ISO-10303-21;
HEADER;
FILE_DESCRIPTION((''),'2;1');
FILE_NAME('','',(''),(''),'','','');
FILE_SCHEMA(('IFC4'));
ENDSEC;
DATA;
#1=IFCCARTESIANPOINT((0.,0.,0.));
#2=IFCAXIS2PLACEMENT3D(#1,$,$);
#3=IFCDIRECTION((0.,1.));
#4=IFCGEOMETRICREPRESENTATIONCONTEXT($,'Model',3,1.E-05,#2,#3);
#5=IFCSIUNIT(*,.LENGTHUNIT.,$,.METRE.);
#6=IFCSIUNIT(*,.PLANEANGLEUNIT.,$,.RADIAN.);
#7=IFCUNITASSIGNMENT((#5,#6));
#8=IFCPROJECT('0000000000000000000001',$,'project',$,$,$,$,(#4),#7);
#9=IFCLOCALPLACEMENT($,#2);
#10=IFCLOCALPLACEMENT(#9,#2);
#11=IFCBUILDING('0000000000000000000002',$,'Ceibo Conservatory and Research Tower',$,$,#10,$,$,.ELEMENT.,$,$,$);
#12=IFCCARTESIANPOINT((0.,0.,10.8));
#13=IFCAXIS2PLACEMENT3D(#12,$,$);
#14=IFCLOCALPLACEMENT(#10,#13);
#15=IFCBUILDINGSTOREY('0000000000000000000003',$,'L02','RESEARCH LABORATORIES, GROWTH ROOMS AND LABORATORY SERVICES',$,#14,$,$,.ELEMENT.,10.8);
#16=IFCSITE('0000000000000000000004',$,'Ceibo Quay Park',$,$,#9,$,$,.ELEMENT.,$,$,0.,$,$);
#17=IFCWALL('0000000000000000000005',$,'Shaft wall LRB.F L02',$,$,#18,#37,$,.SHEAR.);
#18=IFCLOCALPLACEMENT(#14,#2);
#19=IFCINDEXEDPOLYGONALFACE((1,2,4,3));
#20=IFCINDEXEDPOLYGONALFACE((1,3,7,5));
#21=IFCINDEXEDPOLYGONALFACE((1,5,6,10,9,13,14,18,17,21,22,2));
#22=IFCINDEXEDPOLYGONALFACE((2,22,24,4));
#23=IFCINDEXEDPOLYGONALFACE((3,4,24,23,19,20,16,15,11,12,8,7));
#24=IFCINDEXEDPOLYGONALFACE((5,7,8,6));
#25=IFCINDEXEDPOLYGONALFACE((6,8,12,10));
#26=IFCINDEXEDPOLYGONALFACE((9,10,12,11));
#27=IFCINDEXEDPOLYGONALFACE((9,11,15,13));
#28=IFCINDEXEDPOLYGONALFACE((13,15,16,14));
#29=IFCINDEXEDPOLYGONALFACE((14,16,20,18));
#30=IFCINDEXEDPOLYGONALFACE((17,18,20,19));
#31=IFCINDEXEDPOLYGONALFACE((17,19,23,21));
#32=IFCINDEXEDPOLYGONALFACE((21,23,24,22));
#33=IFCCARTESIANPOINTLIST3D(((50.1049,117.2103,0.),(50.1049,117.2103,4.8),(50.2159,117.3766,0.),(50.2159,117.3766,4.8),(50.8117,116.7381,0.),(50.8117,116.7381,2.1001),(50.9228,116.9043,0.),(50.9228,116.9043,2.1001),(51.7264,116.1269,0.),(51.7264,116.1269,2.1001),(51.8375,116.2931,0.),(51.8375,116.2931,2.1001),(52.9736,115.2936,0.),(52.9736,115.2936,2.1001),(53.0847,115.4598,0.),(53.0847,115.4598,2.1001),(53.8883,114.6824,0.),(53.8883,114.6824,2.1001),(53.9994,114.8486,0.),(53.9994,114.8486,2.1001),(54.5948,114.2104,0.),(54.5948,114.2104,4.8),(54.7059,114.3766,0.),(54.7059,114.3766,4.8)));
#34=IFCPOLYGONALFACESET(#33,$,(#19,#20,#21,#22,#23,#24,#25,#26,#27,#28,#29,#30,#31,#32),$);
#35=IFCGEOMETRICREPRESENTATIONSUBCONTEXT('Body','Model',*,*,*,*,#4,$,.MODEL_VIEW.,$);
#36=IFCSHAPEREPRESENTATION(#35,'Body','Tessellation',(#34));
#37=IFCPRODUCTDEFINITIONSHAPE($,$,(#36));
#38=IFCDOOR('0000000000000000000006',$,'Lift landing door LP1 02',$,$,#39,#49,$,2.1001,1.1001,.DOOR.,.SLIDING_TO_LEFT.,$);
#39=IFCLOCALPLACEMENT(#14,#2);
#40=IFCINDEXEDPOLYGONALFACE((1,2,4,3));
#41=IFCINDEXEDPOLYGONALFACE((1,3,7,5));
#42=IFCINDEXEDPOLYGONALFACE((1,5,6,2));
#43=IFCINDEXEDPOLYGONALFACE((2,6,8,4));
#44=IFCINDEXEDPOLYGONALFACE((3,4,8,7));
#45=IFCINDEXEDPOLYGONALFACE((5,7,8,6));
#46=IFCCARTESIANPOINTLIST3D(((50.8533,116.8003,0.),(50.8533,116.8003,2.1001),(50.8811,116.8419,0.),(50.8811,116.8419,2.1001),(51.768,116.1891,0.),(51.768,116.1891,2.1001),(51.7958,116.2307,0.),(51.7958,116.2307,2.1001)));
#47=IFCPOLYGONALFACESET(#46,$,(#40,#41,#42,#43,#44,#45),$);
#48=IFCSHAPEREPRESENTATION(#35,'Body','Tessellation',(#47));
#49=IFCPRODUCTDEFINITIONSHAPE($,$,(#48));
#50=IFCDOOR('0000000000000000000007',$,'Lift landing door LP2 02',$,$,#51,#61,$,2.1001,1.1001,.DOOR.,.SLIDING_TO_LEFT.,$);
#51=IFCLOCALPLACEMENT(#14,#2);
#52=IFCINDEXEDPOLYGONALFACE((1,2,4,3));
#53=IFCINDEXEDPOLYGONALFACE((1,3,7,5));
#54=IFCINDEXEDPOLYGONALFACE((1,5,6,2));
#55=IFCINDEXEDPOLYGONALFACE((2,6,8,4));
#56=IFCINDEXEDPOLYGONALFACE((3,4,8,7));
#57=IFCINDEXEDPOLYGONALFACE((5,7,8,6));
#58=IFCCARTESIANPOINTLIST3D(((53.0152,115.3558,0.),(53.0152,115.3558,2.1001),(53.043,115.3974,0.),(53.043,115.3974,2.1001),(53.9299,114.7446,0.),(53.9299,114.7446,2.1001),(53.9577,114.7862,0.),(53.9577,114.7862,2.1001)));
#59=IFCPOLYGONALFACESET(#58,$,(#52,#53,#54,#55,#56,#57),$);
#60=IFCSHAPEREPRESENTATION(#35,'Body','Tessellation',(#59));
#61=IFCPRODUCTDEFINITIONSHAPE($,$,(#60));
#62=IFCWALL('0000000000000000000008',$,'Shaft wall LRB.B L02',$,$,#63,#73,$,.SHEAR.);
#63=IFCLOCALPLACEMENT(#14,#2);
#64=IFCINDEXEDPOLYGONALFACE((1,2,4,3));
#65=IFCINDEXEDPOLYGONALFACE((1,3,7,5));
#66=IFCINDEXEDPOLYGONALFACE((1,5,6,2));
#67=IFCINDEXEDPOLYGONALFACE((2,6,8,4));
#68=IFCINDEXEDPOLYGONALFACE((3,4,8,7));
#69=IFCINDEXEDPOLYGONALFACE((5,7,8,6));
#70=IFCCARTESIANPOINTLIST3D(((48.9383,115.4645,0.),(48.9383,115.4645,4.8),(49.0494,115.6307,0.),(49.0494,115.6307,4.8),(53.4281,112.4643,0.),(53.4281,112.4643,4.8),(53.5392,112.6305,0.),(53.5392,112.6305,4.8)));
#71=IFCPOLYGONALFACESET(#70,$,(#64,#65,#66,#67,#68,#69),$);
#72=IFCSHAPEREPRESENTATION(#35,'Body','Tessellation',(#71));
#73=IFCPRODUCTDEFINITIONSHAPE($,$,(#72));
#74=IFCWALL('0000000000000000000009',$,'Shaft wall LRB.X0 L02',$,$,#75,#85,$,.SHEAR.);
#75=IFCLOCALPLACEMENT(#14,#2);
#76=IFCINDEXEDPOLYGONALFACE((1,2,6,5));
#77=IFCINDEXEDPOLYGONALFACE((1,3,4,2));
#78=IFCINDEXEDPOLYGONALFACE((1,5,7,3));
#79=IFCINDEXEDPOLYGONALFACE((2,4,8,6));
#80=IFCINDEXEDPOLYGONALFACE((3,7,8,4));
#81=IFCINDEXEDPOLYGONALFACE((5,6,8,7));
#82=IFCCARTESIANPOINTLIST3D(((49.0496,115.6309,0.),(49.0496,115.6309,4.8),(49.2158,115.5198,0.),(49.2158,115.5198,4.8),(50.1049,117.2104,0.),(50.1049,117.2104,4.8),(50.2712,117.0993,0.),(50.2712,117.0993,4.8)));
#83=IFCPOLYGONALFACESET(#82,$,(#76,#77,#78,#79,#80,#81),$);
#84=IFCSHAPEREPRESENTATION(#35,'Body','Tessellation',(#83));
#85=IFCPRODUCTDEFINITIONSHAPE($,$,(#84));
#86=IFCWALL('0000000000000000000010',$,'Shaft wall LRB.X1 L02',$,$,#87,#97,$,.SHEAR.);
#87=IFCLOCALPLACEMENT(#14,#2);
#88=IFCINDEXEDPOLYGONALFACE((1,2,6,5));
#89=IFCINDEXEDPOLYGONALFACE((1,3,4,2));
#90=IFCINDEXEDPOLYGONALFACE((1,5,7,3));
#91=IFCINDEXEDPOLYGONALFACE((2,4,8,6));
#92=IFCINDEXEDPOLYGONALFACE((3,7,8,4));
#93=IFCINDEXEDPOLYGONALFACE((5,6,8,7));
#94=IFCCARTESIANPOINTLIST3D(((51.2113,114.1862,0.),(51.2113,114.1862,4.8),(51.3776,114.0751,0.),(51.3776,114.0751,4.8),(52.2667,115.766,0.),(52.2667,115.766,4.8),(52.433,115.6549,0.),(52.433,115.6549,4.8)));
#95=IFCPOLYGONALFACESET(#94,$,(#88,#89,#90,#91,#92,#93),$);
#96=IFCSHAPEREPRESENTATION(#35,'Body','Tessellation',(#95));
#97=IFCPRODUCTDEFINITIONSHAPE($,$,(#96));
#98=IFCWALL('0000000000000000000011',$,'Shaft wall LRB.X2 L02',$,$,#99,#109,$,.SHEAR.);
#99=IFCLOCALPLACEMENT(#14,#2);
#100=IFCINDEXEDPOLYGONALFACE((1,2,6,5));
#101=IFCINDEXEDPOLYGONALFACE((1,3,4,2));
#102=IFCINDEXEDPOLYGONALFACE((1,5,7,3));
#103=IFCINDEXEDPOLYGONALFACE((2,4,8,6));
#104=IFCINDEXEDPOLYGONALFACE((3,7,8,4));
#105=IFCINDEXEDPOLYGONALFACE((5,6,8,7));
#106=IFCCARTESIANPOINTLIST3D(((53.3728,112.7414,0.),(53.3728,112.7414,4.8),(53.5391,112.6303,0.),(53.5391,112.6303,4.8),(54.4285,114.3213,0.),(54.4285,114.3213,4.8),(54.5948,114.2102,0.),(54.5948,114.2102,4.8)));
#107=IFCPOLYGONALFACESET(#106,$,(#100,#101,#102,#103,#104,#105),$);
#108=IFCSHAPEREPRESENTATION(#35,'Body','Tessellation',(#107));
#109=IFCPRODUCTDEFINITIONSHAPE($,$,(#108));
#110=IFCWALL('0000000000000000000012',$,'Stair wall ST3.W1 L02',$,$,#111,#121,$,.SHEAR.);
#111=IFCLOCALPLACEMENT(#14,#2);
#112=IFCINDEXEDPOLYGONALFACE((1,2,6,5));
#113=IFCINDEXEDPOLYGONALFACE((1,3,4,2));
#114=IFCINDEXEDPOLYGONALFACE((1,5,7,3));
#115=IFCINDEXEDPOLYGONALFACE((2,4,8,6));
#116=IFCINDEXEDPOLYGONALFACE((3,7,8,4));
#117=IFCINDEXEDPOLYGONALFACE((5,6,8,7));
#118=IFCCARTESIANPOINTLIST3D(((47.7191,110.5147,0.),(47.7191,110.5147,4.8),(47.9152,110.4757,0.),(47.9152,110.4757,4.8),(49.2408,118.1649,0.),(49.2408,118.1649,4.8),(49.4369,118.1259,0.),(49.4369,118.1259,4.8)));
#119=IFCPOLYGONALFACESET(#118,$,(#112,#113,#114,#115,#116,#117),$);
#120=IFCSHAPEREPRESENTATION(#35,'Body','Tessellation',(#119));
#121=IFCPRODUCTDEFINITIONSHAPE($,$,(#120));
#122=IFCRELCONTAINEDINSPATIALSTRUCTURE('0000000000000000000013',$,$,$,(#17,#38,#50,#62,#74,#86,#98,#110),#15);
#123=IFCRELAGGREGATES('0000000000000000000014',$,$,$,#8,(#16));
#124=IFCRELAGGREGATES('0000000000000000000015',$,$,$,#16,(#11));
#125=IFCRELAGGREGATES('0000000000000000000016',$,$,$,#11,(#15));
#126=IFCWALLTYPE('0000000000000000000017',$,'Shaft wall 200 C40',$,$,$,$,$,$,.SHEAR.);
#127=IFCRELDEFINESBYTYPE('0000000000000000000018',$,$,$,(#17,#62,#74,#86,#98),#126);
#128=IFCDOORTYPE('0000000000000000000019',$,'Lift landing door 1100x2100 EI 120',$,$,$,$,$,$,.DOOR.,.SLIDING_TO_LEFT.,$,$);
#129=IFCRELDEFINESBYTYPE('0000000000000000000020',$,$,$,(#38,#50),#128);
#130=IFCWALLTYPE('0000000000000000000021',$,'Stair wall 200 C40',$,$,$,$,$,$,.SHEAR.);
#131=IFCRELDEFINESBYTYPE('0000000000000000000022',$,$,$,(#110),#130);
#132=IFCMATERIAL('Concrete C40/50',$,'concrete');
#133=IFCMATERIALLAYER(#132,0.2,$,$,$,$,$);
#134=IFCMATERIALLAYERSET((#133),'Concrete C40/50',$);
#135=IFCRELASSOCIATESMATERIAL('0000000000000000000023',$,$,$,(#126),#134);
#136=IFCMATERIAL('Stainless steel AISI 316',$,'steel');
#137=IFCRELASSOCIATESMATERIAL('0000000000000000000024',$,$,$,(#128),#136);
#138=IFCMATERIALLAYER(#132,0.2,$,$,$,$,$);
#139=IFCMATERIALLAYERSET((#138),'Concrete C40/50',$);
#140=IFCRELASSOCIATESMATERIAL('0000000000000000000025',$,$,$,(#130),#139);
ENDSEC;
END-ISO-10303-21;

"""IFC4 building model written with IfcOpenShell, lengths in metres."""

from ifc_helpers import new_model, si_unit, direction, frame, frame_2d, origin, place, context, subcontext, project, spatial, rectangle, extrude, material, layer, layer_set, type_object, element, fill, save


model = new_model("IFC4")

# Units and contexts
model_context = context("Model", 3, precision=1e-05, world=origin(), true_north=direction((0.0, 1.0)))
body_context = subcontext(model_context, "Body", "Model", "MODEL_VIEW")
ifc_project = project(units=[si_unit("LENGTHUNIT", "METRE"), si_unit("PLANEANGLEUNIT", "RADIAN")], contexts=[model_context])

# Site, building, storey
site_placement = place(None, origin())
site = spatial("IfcSite", under=ifc_project, at=site_placement, Name="Ceibo Quay Park", CompositionType="ELEMENT", RefElevation=0.0)
building_placement = place(site_placement, origin())
building = spatial("IfcBuilding", under=site, at=building_placement, Name="Ceibo Conservatory and Research Tower", CompositionType="ELEMENT")
storey_placement = place(building_placement, frame((0.0, 0.0, 10.8)))
storey = spatial("IfcBuildingStorey", under=building, at=storey_placement, Name="L02", Description="RESEARCH LABORATORIES, GROWTH ROOMS AND LABORATORY SERVICES", CompositionType="ELEMENT", Elevation=10.8)

# Shared definitions
ifc_material_1 = material(Name="Concrete C40/50", Category="concrete")

# Wall, openings, doors
ifc_layer_1 = layer(ifc_material_1, 0.2)
ifc_layer_set_1 = layer_set([ifc_layer_1], Name="Concrete C40/50")
wall_type_1 = type_object("IfcWallType", Name="Shaft wall 200 C40", PredefinedType="SHEAR", material=ifc_layer_set_1)
wall_1_placement = place(storey_placement, frame((50.1604, 117.2935, 0.0), z_axis=(0.0, 0.0, 1.0), x_axis=(0.831479, -0.555555, 0.0)))
wall_1 = element("IfcWall", 1, at=wall_1_placement, inside=storey, type_object=wall_type_1, Name="Shaft wall LRB.F L02", PredefinedType="SHEAR", context=body_context, shape_type="SweptSolid", body=[
    extrude(rectangle(XDim=5.3999, YDim=0.2, at=frame_2d((2.7, 0.0))), origin(), (0.0, 0.0, 1.0), 4.8),
])
opening_1_placement = place(wall_1_placement, frame((0.8501, 0.0, 0.0)))
opening_1 = element("IfcOpeningElement", 2, at=opening_1_placement, cuts=wall_1, PredefinedType="OPENING", context=body_context, shape_type="SweptSolid", body=[
    extrude(rectangle(XDim=1.1001, YDim=2.1001, at=frame_2d((0.55, 1.05))), frame((0.0, 0.1099, 0.0), z_axis=(0.0, -1.0, 0.0), x_axis=(1.0, 0.0, 0.0)), (0.0, 0.0, 1.0), 0.22),
])
opening_2_placement = place(wall_1_placement, frame((3.4502, 0.0, 0.0)))
opening_2 = element("IfcOpeningElement", 3, at=opening_2_placement, cuts=wall_1, PredefinedType="OPENING", context=body_context, shape_type="SweptSolid", body=[
    extrude(rectangle(XDim=1.1001, YDim=2.1001, at=frame_2d((0.55, 1.05))), frame((0.0, 0.1099, 0.0), z_axis=(0.0, -1.0, 0.0), x_axis=(1.0, 0.0, 0.0)), (0.0, 0.0, 1.0), 0.22),
])
ifc_material_2 = material(Name="Stainless steel AISI 316", Category="steel")
door_type_1 = type_object("IfcDoorType", Name="Lift landing door 1100x2100 EI 120", OperationType="SLIDING_TO_LEFT", PredefinedType="DOOR", material=ifc_material_2)
door_1_placement = place(opening_1_placement, origin())
door_1 = element("IfcDoor", 4, at=door_1_placement, inside=storey, type_object=door_type_1, Name="Lift landing door LP1 02", OperationType="SLIDING_TO_LEFT", OverallHeight=2.1001, OverallWidth=1.1001, PredefinedType="DOOR", context=body_context, shape_type="SweptSolid", body=[
    extrude(rectangle(XDim=1.1001, YDim=2.1001, at=frame_2d((0.55, 1.05))), frame((0.0, 0.0249, 0.0), z_axis=(0.0, -1.0, 0.0), x_axis=(1.0, 0.0, 0.0)), (0.0, 0.0, 1.0), 0.05),
])
fill(opening_1, door_1)
door_2_placement = place(opening_2_placement, origin())
door_2 = element("IfcDoor", 5, at=door_2_placement, inside=storey, type_object=door_type_1, Name="Lift landing door LP2 02", OperationType="SLIDING_TO_LEFT", OverallHeight=2.1001, OverallWidth=1.1001, PredefinedType="DOOR", context=body_context, shape_type="SweptSolid", body=[
    extrude(rectangle(XDim=1.1001, YDim=2.1001, at=frame_2d((0.55, 1.05))), frame((0.0, 0.0249, 0.0), z_axis=(0.0, -1.0, 0.0), x_axis=(1.0, 0.0, 0.0)), (0.0, 0.0, 1.0), 0.05),
])
fill(opening_2, door_2)

# Walls
wall_2_placement = place(storey_placement, frame((48.9939, 115.5476, 0.0), z_axis=(0.0, 0.0, 1.0), x_axis=(0.831445, -0.555608, 0.0)))
element("IfcWall", 6, at=wall_2_placement, inside=storey, type_object=wall_type_1, Name="Shaft wall LRB.B L02", PredefinedType="SHEAR", context=body_context, shape_type="SweptSolid", body=[
    extrude(rectangle(XDim=5.3999, YDim=0.2, at=frame_2d((2.7, 0.0))), origin(), (0.0, 0.0, 1.0), 4.8),
])
wall_3_placement = place(storey_placement, frame((50.188, 117.1548, 0.0), z_axis=(0.0, 0.0, 1.0), x_axis=(-0.55556, -0.831476, 0.0)))
element("IfcWall", 7, at=wall_3_placement, inside=storey, type_object=wall_type_1, Name="Shaft wall LRB.X0 L02", PredefinedType="SHEAR", context=body_context, shape_type="SweptSolid", body=[
    extrude(rectangle(XDim=1.8997, YDim=0.2, at=frame_2d((0.9497, 0.0))), origin(), (0.0, 0.0, 1.0), 4.8),
])
wall_4_placement = place(storey_placement, frame((52.3499, 115.7104, 0.0), z_axis=(0.0, 0.0, 1.0), x_axis=(-0.555501, -0.831516, 0.0)))
element("IfcWall", 8, at=wall_4_placement, inside=storey, type_object=wall_type_1, Name="Shaft wall LRB.X1 L02", PredefinedType="SHEAR", context=body_context, shape_type="SweptSolid", body=[
    extrude(rectangle(XDim=1.8999, YDim=0.2, at=frame_2d((0.95, 0.0))), origin(), (0.0, 0.0, 1.0), 4.8),
])
wall_5_placement = place(storey_placement, frame((54.5117, 114.2659, 0.0), z_axis=(0.0, 0.0, 1.0), x_axis=(-0.555589, -0.831457, 0.0)))
element("IfcWall", 9, at=wall_5_placement, inside=storey, type_object=wall_type_1, Name="Shaft wall LRB.X2 L02", PredefinedType="SHEAR", context=body_context, shape_type="SweptSolid", body=[
    extrude(rectangle(XDim=1.9001, YDim=0.2, at=frame_2d((0.9502, 0.0))), origin(), (0.0, 0.0, 1.0), 4.8),
])
ifc_layer_2 = layer(ifc_material_1, 0.2)
ifc_layer_set_2 = layer_set([ifc_layer_2], Name="Concrete C40/50")
wall_type_2 = type_object("IfcWallType", Name="Stair wall 200 C40", PredefinedType="SHEAR", material=ifc_layer_set_2)
wall_6_placement = place(storey_placement, frame((49.3389, 118.1453, 0.0), z_axis=(0.0, 0.0, 1.0), x_axis=(-0.195093, -0.980785, 0.0)))
element("IfcWall", 10, at=wall_6_placement, inside=storey, type_object=wall_type_2, Name="Stair wall ST3.W1 L02", PredefinedType="SHEAR", context=body_context, shape_type="SweptSolid", body=[
    extrude(rectangle(XDim=7.8, YDim=0.2, at=frame_2d((3.8999, 0.0))), origin(), (0.0, 0.0, 1.0), 4.8),
])

save(model, "model.ifc")
